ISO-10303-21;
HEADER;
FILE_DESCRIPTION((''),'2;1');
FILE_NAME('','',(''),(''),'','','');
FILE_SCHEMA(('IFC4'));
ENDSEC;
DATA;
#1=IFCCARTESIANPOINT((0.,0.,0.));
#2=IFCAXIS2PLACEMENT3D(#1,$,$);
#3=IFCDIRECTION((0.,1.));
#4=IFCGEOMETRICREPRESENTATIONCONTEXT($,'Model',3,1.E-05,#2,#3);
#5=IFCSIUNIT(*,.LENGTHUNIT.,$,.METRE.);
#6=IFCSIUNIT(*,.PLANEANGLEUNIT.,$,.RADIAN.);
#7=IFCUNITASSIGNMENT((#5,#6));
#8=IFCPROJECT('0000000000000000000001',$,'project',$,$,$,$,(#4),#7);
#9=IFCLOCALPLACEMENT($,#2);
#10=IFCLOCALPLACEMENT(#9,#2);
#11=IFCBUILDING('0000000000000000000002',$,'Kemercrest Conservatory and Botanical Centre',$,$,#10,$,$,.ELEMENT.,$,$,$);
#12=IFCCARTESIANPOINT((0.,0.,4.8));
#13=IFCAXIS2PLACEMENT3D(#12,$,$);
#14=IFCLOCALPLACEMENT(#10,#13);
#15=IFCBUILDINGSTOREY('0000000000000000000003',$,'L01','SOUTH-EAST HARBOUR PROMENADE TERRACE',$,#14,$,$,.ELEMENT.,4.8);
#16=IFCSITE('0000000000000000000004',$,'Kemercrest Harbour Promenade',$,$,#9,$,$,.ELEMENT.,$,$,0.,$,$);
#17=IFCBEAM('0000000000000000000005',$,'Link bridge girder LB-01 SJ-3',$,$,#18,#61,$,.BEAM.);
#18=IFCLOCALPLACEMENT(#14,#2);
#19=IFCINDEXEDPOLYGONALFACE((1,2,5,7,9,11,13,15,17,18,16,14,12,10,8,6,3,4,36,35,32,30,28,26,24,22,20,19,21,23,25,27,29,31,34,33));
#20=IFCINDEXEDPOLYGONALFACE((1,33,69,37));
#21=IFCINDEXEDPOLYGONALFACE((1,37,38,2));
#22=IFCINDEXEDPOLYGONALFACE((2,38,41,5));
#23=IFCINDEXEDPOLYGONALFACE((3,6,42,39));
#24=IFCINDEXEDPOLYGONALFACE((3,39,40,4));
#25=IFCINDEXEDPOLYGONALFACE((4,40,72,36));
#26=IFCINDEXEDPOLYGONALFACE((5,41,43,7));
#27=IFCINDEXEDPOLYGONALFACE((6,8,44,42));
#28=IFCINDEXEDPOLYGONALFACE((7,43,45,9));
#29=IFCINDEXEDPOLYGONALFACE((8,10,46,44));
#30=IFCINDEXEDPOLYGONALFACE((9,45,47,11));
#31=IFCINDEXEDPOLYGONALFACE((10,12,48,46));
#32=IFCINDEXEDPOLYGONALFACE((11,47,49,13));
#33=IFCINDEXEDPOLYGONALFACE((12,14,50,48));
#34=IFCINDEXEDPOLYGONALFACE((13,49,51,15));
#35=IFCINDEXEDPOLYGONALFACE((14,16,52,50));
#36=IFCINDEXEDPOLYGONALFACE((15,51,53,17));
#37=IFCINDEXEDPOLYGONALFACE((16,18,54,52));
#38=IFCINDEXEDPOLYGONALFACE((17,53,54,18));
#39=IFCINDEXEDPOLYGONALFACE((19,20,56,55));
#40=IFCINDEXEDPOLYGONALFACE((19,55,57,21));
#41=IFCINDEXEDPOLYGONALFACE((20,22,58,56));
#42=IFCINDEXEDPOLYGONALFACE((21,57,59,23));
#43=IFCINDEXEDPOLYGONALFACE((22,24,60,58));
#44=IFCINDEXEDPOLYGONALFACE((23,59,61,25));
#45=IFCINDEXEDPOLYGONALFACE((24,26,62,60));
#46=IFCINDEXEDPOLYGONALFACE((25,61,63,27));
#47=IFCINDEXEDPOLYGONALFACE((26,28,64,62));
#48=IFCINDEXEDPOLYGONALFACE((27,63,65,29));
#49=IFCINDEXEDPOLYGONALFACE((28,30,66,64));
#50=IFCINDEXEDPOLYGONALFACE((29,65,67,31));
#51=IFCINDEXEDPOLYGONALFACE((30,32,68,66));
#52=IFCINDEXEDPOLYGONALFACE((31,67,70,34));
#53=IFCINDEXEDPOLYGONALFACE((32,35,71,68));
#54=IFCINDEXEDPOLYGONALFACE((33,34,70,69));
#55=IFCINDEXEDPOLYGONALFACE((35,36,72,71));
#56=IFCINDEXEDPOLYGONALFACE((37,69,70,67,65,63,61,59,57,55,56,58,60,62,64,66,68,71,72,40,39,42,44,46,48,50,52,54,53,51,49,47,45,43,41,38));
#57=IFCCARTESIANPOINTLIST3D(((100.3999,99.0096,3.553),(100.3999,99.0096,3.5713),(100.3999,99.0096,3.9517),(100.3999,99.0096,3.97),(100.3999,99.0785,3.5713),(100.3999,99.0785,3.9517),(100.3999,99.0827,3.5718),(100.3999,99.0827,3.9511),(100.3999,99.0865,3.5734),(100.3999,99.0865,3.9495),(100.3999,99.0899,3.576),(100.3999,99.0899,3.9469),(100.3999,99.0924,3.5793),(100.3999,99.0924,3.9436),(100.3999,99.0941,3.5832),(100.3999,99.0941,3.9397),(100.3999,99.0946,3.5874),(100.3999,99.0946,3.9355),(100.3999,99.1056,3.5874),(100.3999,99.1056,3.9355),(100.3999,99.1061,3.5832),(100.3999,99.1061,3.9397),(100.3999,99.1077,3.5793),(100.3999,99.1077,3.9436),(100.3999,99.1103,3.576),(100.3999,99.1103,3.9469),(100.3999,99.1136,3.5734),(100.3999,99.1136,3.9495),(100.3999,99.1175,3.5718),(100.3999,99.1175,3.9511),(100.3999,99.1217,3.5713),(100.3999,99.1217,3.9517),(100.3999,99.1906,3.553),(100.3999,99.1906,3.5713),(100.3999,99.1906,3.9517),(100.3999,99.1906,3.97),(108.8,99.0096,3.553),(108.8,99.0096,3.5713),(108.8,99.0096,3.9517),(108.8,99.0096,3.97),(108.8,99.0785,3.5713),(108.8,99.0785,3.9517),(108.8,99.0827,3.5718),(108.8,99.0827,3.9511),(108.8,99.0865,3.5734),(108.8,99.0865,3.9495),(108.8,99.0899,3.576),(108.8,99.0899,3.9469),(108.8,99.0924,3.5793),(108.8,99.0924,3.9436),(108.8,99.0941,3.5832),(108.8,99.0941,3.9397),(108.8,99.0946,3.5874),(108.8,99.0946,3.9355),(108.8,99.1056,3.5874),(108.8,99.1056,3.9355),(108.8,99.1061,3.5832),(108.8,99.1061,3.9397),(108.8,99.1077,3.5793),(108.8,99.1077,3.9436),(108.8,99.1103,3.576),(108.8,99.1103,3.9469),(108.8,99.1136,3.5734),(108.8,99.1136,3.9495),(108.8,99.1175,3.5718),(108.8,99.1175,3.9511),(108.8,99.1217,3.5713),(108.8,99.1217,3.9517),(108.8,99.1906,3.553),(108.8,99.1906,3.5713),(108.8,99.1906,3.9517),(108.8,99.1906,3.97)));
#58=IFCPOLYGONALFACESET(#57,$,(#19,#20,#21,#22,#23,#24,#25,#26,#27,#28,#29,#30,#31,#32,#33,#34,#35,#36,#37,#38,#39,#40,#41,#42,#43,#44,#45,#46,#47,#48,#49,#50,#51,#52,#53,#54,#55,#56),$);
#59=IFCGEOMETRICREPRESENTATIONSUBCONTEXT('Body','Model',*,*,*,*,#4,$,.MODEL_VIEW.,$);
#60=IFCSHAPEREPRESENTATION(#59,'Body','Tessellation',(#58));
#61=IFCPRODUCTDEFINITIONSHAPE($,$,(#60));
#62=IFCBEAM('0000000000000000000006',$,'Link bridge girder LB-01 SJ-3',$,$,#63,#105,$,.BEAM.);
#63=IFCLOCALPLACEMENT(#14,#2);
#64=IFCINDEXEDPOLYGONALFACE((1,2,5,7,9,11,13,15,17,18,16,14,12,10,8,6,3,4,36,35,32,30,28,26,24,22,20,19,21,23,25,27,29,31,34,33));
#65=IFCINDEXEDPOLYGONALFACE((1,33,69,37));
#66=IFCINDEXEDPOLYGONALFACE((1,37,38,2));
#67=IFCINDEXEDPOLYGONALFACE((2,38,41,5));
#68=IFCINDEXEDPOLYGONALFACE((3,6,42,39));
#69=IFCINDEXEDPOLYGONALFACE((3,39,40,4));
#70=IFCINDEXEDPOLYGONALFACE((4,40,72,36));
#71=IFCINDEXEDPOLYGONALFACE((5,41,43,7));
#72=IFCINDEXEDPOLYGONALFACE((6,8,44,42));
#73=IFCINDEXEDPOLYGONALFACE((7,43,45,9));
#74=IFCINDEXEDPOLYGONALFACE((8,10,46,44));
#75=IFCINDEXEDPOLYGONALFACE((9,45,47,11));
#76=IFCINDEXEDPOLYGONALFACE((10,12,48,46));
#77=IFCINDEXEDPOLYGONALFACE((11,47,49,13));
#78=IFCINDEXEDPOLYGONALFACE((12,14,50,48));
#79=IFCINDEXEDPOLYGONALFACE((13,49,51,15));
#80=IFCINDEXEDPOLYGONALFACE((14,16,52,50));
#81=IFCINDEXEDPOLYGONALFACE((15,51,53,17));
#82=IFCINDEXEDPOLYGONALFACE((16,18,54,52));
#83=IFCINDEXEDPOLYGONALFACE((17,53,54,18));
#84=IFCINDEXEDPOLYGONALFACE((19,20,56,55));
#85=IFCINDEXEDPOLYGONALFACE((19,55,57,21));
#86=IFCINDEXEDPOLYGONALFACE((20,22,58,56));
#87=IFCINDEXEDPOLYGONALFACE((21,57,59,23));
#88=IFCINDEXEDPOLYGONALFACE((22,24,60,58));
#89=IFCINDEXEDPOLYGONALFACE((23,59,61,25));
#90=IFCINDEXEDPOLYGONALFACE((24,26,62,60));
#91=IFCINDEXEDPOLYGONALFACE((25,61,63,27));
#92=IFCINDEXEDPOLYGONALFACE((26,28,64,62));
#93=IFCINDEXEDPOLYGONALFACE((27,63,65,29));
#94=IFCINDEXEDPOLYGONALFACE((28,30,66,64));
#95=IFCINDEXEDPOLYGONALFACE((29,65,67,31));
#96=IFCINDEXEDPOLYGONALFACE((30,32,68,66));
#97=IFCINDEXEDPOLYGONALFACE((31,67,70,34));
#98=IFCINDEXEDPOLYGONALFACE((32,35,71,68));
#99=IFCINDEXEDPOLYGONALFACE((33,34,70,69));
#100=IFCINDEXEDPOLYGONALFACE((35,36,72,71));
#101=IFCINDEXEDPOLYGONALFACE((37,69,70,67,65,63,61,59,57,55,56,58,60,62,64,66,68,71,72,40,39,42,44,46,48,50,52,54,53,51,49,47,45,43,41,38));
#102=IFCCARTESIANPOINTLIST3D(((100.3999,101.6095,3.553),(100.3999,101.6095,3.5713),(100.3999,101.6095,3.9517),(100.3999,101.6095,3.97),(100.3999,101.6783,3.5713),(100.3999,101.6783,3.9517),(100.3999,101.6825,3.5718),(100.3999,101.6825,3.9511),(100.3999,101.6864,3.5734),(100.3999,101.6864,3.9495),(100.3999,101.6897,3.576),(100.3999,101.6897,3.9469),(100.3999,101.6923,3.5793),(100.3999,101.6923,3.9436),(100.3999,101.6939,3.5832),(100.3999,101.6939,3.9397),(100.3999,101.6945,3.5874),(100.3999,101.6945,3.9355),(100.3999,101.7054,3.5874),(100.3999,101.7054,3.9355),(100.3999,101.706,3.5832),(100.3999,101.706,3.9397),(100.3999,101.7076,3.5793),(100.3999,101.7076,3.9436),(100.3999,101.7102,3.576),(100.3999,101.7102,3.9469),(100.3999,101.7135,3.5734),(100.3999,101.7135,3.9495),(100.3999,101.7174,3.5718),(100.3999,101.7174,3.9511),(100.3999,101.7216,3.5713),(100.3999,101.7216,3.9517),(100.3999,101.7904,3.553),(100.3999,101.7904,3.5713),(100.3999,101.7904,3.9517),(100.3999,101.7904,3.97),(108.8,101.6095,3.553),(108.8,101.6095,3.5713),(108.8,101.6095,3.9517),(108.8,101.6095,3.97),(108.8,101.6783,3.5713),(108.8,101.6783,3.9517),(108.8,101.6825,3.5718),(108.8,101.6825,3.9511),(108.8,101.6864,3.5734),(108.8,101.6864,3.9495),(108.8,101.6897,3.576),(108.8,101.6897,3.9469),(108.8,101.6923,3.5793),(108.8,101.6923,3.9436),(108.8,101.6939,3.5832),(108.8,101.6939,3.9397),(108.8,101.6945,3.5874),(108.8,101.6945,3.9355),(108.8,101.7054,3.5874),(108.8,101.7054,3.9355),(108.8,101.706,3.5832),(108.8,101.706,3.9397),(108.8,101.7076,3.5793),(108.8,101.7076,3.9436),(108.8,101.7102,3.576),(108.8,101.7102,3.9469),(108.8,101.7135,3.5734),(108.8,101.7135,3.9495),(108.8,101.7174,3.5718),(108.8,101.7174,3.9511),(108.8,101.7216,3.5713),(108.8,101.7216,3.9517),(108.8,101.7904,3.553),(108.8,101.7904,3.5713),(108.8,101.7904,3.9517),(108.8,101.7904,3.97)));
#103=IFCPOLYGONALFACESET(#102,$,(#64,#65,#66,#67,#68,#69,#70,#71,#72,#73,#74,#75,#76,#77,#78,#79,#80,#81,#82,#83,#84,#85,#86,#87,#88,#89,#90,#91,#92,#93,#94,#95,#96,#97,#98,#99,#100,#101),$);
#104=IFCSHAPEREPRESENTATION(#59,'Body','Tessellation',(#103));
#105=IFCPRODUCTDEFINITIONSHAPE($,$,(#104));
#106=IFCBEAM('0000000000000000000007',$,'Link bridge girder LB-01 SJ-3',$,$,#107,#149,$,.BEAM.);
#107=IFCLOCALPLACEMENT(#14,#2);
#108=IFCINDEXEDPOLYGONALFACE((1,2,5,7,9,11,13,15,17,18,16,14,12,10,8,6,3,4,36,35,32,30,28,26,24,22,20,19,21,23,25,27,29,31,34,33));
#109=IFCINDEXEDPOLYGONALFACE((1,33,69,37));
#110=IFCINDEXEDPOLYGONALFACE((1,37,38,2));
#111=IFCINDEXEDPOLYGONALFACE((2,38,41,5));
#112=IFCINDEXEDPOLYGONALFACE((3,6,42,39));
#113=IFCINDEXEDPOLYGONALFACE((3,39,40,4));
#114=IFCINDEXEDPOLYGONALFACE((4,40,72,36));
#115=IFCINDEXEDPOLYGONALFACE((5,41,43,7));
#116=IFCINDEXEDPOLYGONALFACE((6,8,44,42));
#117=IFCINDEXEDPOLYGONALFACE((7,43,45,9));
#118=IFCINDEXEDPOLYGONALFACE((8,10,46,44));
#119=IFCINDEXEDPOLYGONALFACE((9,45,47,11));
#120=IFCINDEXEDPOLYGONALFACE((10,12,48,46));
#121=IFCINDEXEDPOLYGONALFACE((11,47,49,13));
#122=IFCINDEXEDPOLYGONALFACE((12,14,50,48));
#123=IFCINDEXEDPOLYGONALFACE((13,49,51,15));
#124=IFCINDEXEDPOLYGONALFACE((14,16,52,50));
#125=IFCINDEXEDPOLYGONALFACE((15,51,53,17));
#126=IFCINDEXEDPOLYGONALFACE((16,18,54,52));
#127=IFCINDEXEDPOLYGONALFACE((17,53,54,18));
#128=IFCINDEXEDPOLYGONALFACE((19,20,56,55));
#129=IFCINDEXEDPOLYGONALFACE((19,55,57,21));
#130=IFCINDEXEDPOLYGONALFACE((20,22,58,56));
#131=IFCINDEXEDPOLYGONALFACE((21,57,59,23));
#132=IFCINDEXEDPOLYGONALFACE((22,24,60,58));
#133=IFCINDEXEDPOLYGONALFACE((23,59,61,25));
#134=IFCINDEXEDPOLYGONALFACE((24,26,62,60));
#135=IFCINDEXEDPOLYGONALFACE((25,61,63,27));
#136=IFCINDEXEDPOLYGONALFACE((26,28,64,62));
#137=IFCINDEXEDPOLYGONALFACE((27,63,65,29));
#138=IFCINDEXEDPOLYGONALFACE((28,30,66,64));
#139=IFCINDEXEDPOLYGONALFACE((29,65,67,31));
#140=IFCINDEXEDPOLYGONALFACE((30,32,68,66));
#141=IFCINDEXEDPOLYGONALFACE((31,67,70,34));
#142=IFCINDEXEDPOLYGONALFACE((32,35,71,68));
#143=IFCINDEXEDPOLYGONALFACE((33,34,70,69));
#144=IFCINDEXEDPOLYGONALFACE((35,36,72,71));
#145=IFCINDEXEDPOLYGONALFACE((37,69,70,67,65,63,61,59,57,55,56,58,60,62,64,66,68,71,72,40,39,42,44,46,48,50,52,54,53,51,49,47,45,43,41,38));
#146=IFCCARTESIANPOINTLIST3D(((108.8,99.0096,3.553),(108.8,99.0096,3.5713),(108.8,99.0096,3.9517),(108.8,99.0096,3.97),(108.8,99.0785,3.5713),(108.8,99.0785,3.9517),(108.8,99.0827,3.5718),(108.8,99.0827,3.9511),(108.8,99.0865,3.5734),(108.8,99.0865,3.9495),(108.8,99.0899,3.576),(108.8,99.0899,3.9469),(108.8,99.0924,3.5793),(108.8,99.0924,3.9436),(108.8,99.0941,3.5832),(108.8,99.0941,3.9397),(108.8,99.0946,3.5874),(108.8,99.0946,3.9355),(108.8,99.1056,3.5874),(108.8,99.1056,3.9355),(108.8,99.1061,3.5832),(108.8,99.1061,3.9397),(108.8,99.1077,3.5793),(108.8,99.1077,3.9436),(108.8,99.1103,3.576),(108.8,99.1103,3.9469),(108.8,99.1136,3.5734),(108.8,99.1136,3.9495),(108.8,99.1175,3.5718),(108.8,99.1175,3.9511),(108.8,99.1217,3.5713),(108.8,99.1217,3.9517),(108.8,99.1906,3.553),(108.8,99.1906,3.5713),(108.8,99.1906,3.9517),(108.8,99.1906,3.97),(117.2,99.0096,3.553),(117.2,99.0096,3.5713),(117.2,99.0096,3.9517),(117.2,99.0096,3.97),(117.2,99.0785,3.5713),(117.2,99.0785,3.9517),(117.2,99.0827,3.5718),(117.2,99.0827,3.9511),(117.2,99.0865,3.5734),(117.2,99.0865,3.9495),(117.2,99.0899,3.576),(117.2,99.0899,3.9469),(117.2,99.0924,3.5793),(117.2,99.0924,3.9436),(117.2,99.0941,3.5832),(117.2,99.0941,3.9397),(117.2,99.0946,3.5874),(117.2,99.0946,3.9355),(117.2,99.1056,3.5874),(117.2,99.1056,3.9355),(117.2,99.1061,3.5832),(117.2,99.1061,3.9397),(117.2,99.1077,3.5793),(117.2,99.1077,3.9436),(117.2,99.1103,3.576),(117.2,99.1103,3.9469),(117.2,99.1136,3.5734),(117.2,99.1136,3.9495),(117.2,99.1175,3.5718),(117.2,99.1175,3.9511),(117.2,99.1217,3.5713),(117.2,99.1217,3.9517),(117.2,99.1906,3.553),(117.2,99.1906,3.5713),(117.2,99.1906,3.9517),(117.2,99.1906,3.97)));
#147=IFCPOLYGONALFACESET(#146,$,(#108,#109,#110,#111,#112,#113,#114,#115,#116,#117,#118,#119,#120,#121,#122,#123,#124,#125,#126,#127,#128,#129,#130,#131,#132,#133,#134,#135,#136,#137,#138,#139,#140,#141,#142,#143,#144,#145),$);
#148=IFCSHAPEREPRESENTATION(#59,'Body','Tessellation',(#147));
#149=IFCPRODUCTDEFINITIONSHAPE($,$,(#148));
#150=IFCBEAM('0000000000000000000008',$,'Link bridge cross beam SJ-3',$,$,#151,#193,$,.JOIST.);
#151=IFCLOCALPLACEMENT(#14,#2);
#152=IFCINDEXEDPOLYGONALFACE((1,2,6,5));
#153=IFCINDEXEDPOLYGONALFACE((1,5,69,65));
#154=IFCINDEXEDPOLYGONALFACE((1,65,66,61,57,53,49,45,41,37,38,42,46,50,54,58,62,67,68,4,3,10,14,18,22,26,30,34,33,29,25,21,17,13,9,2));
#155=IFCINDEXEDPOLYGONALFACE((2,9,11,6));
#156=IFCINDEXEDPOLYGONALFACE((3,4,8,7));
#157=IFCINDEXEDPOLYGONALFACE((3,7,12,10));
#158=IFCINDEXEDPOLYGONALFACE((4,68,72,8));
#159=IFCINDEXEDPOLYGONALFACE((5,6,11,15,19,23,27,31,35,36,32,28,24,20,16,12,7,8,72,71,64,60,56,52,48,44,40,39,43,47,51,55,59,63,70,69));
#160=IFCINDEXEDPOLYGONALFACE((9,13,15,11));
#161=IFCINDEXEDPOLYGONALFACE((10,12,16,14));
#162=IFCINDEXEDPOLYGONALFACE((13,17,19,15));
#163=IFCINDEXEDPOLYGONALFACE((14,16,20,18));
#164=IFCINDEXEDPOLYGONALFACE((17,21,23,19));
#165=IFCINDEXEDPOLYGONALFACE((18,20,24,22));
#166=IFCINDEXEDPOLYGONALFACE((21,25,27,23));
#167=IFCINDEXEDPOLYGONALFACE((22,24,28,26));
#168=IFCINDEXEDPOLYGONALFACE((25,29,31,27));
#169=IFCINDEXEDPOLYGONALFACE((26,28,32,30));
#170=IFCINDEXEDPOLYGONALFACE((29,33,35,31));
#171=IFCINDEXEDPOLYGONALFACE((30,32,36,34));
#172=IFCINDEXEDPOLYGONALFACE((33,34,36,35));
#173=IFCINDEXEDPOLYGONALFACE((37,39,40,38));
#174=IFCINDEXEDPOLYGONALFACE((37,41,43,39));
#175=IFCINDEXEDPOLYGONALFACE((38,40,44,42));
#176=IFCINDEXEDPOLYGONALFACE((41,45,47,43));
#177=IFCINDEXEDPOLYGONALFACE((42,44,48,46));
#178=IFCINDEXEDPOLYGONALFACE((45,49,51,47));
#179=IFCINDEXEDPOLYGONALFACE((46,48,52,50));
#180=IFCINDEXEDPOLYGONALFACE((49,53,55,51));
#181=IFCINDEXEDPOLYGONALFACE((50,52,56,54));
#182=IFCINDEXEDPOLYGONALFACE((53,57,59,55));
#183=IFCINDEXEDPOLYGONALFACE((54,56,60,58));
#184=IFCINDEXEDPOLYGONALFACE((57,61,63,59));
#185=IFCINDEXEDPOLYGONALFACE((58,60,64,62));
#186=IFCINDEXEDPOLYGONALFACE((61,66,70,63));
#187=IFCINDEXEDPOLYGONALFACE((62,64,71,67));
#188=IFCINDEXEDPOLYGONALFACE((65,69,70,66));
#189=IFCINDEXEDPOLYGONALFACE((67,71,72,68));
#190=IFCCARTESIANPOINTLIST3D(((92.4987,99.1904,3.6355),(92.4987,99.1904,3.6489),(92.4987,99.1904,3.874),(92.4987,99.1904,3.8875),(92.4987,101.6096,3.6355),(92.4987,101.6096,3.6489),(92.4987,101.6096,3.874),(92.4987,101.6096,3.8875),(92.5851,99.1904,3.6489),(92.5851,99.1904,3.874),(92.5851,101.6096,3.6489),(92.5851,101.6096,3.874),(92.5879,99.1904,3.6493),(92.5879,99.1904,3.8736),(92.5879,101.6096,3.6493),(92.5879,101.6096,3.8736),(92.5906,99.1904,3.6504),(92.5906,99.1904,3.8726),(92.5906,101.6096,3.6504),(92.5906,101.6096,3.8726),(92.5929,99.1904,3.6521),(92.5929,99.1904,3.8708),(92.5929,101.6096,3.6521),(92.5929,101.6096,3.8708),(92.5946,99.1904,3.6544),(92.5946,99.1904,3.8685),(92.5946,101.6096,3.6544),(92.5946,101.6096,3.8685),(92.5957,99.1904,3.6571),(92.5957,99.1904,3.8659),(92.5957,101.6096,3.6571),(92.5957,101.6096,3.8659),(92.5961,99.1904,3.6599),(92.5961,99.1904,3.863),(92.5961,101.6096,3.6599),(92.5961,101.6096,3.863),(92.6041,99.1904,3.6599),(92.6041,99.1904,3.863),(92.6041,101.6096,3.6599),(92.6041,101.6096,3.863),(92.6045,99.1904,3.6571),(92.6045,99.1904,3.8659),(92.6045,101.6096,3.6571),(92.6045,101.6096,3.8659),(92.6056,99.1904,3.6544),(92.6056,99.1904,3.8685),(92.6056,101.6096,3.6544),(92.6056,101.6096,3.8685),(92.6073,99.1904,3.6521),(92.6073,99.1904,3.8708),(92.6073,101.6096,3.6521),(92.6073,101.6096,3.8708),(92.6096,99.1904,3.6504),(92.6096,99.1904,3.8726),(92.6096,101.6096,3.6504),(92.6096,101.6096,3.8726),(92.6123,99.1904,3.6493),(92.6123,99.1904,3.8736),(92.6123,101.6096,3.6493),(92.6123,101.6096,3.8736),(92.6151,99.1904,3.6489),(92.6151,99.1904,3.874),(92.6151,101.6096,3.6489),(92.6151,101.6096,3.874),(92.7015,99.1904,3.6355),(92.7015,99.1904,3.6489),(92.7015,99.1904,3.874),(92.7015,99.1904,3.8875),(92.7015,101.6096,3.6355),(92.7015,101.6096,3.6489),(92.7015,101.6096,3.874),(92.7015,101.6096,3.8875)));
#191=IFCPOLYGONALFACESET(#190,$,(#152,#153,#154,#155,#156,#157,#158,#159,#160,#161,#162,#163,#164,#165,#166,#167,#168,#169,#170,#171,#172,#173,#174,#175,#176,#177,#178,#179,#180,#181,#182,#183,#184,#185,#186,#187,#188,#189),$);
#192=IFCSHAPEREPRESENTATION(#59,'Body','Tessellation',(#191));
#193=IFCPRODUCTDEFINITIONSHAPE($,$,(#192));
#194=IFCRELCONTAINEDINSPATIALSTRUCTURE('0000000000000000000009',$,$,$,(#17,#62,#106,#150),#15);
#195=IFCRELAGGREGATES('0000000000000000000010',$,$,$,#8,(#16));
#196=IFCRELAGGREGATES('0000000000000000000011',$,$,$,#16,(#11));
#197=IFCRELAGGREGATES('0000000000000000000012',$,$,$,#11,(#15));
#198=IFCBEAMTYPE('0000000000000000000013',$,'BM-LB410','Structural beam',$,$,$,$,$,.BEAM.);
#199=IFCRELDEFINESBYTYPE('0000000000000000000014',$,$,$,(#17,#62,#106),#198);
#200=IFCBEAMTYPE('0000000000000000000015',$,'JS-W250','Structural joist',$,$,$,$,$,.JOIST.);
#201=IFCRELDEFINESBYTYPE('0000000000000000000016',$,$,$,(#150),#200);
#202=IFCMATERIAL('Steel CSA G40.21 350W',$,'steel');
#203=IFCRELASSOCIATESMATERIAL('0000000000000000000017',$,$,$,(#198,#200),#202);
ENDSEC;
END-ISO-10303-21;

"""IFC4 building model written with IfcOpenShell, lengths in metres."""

from ifc_helpers import new_model, si_unit, direction, frame, origin, origin_2d, place, context, subcontext, project, spatial, i_section, extrude, material, material_profile, profile_set, type_object, element, save


model = new_model("IFC4")

# Units and contexts
model_context = context("Model", 3, precision=1e-05, world=origin(), true_north=direction((0.0, 1.0)))
body_context = subcontext(model_context, "Body", "Model", "MODEL_VIEW")
ifc_project = project(units=[si_unit("LENGTHUNIT", "METRE"), si_unit("PLANEANGLEUNIT", "RADIAN")], contexts=[model_context])

# Site, building, storey
site_placement = place(None, origin())
site = spatial("IfcSite", under=ifc_project, at=site_placement, Name="Kemercrest Harbour Promenade", CompositionType="ELEMENT", RefElevation=0.0)
building_placement = place(site_placement, origin())
building = spatial("IfcBuilding", under=site, at=building_placement, Name="Kemercrest Conservatory and Botanical Centre", CompositionType="ELEMENT")
storey_placement = place(building_placement, frame((0.0, 0.0, 4.8)))
storey = spatial("IfcBuildingStorey", under=building, at=storey_placement, Name="L01", Description="SOUTH-EAST HARBOUR PROMENADE TERRACE", CompositionType="ELEMENT", Elevation=4.8)

# Shared definitions
ifc_material_1 = material(Name="Steel CSA G40.21 350W", Category="steel")

# Beams
ifc_material_profile_1 = material_profile(ifc_material_1, i_section(OverallWidth=0.1809, OverallDepth=0.417, WebThickness=0.011, FlangeThickness=0.0183, FilletRadius=0.0161, at=origin_2d()), Name="W410X85")
ifc_profile_set_1 = profile_set([ifc_material_profile_1], Name="Steel CSA G40.21 350W")
beam_type_1 = type_object("IfcBeamType", Name="BM-LB410", Description="Structural beam", PredefinedType="BEAM", material=ifc_profile_set_1)
for number, where, z_axis, x_axis, name in (
    (1, (100.3999, 99.1001, 3.7615), (1.0, 0.0, 0.0), (0.0, 1.0, 0.0), "Link bridge girder LB-01 SJ-3"),
    (2, (100.3999, 101.7, 3.7615), (1.0, 0.0, 0.0), (0.0, 1.0, 0.0), "Link bridge girder LB-01 SJ-3"),
):
    element("IfcBeam", number, at=place(storey_placement, frame(where, z_axis=z_axis, x_axis=x_axis)), inside=storey, type_object=beam_type_1, Name=name, PredefinedType="BEAM", context=body_context, shape_type="SweptSolid", body=[
        extrude(i_section(OverallWidth=0.1809, OverallDepth=0.417, WebThickness=0.011, FlangeThickness=0.0183, FilletRadius=0.0161, at=origin_2d()), origin(), (0.0, 0.0, 1.0), 8.4001),
    ])
beam_1_placement = place(storey_placement, frame((108.8, 99.1001, 3.7615), z_axis=(1.0, 0.0, 0.0), x_axis=(0.0, 1.0, 0.0)))
element("IfcBeam", 3, at=beam_1_placement, inside=storey, type_object=beam_type_1, Name="Link bridge girder LB-01 SJ-3", PredefinedType="BEAM", context=body_context, shape_type="SweptSolid", body=[
    extrude(i_section(OverallWidth=0.1809, OverallDepth=0.417, WebThickness=0.011, FlangeThickness=0.0183, FilletRadius=0.0161, at=origin_2d()), origin(), (0.0, 0.0, 1.0), 8.3999),
])
ifc_material_profile_2 = material_profile(ifc_material_1, i_section(OverallWidth=0.2029, OverallDepth=0.252, WebThickness=0.0081, FlangeThickness=0.0134, FilletRadius=0.011, at=origin_2d()), Name="W250X58")
ifc_profile_set_2 = profile_set([ifc_material_profile_2], Name="Steel CSA G40.21 350W")
beam_type_2 = type_object("IfcBeamType", Name="JS-W250", Description="Structural joist", PredefinedType="JOIST", material=ifc_profile_set_2)
for number, where, z_axis, x_axis, name in (
    (4, (92.6001, 99.1904, 3.7615), (0.0, 1.0, 0.0), (-1.0, 0.0, 0.0), "Link bridge cross beam SJ-3"),
):
    element("IfcBeam", number, at=place(storey_placement, frame(where, z_axis=z_axis, x_axis=x_axis)), inside=storey, type_object=beam_type_2, Name=name, PredefinedType="JOIST", context=body_context, shape_type="SweptSolid", body=[
        extrude(i_section(OverallWidth=0.2029, OverallDepth=0.252, WebThickness=0.0081, FlangeThickness=0.0134, FilletRadius=0.011, at=origin_2d()), origin(), (0.0, 0.0, 1.0), 2.4192),
    ])

save(model, "model.ifc")
